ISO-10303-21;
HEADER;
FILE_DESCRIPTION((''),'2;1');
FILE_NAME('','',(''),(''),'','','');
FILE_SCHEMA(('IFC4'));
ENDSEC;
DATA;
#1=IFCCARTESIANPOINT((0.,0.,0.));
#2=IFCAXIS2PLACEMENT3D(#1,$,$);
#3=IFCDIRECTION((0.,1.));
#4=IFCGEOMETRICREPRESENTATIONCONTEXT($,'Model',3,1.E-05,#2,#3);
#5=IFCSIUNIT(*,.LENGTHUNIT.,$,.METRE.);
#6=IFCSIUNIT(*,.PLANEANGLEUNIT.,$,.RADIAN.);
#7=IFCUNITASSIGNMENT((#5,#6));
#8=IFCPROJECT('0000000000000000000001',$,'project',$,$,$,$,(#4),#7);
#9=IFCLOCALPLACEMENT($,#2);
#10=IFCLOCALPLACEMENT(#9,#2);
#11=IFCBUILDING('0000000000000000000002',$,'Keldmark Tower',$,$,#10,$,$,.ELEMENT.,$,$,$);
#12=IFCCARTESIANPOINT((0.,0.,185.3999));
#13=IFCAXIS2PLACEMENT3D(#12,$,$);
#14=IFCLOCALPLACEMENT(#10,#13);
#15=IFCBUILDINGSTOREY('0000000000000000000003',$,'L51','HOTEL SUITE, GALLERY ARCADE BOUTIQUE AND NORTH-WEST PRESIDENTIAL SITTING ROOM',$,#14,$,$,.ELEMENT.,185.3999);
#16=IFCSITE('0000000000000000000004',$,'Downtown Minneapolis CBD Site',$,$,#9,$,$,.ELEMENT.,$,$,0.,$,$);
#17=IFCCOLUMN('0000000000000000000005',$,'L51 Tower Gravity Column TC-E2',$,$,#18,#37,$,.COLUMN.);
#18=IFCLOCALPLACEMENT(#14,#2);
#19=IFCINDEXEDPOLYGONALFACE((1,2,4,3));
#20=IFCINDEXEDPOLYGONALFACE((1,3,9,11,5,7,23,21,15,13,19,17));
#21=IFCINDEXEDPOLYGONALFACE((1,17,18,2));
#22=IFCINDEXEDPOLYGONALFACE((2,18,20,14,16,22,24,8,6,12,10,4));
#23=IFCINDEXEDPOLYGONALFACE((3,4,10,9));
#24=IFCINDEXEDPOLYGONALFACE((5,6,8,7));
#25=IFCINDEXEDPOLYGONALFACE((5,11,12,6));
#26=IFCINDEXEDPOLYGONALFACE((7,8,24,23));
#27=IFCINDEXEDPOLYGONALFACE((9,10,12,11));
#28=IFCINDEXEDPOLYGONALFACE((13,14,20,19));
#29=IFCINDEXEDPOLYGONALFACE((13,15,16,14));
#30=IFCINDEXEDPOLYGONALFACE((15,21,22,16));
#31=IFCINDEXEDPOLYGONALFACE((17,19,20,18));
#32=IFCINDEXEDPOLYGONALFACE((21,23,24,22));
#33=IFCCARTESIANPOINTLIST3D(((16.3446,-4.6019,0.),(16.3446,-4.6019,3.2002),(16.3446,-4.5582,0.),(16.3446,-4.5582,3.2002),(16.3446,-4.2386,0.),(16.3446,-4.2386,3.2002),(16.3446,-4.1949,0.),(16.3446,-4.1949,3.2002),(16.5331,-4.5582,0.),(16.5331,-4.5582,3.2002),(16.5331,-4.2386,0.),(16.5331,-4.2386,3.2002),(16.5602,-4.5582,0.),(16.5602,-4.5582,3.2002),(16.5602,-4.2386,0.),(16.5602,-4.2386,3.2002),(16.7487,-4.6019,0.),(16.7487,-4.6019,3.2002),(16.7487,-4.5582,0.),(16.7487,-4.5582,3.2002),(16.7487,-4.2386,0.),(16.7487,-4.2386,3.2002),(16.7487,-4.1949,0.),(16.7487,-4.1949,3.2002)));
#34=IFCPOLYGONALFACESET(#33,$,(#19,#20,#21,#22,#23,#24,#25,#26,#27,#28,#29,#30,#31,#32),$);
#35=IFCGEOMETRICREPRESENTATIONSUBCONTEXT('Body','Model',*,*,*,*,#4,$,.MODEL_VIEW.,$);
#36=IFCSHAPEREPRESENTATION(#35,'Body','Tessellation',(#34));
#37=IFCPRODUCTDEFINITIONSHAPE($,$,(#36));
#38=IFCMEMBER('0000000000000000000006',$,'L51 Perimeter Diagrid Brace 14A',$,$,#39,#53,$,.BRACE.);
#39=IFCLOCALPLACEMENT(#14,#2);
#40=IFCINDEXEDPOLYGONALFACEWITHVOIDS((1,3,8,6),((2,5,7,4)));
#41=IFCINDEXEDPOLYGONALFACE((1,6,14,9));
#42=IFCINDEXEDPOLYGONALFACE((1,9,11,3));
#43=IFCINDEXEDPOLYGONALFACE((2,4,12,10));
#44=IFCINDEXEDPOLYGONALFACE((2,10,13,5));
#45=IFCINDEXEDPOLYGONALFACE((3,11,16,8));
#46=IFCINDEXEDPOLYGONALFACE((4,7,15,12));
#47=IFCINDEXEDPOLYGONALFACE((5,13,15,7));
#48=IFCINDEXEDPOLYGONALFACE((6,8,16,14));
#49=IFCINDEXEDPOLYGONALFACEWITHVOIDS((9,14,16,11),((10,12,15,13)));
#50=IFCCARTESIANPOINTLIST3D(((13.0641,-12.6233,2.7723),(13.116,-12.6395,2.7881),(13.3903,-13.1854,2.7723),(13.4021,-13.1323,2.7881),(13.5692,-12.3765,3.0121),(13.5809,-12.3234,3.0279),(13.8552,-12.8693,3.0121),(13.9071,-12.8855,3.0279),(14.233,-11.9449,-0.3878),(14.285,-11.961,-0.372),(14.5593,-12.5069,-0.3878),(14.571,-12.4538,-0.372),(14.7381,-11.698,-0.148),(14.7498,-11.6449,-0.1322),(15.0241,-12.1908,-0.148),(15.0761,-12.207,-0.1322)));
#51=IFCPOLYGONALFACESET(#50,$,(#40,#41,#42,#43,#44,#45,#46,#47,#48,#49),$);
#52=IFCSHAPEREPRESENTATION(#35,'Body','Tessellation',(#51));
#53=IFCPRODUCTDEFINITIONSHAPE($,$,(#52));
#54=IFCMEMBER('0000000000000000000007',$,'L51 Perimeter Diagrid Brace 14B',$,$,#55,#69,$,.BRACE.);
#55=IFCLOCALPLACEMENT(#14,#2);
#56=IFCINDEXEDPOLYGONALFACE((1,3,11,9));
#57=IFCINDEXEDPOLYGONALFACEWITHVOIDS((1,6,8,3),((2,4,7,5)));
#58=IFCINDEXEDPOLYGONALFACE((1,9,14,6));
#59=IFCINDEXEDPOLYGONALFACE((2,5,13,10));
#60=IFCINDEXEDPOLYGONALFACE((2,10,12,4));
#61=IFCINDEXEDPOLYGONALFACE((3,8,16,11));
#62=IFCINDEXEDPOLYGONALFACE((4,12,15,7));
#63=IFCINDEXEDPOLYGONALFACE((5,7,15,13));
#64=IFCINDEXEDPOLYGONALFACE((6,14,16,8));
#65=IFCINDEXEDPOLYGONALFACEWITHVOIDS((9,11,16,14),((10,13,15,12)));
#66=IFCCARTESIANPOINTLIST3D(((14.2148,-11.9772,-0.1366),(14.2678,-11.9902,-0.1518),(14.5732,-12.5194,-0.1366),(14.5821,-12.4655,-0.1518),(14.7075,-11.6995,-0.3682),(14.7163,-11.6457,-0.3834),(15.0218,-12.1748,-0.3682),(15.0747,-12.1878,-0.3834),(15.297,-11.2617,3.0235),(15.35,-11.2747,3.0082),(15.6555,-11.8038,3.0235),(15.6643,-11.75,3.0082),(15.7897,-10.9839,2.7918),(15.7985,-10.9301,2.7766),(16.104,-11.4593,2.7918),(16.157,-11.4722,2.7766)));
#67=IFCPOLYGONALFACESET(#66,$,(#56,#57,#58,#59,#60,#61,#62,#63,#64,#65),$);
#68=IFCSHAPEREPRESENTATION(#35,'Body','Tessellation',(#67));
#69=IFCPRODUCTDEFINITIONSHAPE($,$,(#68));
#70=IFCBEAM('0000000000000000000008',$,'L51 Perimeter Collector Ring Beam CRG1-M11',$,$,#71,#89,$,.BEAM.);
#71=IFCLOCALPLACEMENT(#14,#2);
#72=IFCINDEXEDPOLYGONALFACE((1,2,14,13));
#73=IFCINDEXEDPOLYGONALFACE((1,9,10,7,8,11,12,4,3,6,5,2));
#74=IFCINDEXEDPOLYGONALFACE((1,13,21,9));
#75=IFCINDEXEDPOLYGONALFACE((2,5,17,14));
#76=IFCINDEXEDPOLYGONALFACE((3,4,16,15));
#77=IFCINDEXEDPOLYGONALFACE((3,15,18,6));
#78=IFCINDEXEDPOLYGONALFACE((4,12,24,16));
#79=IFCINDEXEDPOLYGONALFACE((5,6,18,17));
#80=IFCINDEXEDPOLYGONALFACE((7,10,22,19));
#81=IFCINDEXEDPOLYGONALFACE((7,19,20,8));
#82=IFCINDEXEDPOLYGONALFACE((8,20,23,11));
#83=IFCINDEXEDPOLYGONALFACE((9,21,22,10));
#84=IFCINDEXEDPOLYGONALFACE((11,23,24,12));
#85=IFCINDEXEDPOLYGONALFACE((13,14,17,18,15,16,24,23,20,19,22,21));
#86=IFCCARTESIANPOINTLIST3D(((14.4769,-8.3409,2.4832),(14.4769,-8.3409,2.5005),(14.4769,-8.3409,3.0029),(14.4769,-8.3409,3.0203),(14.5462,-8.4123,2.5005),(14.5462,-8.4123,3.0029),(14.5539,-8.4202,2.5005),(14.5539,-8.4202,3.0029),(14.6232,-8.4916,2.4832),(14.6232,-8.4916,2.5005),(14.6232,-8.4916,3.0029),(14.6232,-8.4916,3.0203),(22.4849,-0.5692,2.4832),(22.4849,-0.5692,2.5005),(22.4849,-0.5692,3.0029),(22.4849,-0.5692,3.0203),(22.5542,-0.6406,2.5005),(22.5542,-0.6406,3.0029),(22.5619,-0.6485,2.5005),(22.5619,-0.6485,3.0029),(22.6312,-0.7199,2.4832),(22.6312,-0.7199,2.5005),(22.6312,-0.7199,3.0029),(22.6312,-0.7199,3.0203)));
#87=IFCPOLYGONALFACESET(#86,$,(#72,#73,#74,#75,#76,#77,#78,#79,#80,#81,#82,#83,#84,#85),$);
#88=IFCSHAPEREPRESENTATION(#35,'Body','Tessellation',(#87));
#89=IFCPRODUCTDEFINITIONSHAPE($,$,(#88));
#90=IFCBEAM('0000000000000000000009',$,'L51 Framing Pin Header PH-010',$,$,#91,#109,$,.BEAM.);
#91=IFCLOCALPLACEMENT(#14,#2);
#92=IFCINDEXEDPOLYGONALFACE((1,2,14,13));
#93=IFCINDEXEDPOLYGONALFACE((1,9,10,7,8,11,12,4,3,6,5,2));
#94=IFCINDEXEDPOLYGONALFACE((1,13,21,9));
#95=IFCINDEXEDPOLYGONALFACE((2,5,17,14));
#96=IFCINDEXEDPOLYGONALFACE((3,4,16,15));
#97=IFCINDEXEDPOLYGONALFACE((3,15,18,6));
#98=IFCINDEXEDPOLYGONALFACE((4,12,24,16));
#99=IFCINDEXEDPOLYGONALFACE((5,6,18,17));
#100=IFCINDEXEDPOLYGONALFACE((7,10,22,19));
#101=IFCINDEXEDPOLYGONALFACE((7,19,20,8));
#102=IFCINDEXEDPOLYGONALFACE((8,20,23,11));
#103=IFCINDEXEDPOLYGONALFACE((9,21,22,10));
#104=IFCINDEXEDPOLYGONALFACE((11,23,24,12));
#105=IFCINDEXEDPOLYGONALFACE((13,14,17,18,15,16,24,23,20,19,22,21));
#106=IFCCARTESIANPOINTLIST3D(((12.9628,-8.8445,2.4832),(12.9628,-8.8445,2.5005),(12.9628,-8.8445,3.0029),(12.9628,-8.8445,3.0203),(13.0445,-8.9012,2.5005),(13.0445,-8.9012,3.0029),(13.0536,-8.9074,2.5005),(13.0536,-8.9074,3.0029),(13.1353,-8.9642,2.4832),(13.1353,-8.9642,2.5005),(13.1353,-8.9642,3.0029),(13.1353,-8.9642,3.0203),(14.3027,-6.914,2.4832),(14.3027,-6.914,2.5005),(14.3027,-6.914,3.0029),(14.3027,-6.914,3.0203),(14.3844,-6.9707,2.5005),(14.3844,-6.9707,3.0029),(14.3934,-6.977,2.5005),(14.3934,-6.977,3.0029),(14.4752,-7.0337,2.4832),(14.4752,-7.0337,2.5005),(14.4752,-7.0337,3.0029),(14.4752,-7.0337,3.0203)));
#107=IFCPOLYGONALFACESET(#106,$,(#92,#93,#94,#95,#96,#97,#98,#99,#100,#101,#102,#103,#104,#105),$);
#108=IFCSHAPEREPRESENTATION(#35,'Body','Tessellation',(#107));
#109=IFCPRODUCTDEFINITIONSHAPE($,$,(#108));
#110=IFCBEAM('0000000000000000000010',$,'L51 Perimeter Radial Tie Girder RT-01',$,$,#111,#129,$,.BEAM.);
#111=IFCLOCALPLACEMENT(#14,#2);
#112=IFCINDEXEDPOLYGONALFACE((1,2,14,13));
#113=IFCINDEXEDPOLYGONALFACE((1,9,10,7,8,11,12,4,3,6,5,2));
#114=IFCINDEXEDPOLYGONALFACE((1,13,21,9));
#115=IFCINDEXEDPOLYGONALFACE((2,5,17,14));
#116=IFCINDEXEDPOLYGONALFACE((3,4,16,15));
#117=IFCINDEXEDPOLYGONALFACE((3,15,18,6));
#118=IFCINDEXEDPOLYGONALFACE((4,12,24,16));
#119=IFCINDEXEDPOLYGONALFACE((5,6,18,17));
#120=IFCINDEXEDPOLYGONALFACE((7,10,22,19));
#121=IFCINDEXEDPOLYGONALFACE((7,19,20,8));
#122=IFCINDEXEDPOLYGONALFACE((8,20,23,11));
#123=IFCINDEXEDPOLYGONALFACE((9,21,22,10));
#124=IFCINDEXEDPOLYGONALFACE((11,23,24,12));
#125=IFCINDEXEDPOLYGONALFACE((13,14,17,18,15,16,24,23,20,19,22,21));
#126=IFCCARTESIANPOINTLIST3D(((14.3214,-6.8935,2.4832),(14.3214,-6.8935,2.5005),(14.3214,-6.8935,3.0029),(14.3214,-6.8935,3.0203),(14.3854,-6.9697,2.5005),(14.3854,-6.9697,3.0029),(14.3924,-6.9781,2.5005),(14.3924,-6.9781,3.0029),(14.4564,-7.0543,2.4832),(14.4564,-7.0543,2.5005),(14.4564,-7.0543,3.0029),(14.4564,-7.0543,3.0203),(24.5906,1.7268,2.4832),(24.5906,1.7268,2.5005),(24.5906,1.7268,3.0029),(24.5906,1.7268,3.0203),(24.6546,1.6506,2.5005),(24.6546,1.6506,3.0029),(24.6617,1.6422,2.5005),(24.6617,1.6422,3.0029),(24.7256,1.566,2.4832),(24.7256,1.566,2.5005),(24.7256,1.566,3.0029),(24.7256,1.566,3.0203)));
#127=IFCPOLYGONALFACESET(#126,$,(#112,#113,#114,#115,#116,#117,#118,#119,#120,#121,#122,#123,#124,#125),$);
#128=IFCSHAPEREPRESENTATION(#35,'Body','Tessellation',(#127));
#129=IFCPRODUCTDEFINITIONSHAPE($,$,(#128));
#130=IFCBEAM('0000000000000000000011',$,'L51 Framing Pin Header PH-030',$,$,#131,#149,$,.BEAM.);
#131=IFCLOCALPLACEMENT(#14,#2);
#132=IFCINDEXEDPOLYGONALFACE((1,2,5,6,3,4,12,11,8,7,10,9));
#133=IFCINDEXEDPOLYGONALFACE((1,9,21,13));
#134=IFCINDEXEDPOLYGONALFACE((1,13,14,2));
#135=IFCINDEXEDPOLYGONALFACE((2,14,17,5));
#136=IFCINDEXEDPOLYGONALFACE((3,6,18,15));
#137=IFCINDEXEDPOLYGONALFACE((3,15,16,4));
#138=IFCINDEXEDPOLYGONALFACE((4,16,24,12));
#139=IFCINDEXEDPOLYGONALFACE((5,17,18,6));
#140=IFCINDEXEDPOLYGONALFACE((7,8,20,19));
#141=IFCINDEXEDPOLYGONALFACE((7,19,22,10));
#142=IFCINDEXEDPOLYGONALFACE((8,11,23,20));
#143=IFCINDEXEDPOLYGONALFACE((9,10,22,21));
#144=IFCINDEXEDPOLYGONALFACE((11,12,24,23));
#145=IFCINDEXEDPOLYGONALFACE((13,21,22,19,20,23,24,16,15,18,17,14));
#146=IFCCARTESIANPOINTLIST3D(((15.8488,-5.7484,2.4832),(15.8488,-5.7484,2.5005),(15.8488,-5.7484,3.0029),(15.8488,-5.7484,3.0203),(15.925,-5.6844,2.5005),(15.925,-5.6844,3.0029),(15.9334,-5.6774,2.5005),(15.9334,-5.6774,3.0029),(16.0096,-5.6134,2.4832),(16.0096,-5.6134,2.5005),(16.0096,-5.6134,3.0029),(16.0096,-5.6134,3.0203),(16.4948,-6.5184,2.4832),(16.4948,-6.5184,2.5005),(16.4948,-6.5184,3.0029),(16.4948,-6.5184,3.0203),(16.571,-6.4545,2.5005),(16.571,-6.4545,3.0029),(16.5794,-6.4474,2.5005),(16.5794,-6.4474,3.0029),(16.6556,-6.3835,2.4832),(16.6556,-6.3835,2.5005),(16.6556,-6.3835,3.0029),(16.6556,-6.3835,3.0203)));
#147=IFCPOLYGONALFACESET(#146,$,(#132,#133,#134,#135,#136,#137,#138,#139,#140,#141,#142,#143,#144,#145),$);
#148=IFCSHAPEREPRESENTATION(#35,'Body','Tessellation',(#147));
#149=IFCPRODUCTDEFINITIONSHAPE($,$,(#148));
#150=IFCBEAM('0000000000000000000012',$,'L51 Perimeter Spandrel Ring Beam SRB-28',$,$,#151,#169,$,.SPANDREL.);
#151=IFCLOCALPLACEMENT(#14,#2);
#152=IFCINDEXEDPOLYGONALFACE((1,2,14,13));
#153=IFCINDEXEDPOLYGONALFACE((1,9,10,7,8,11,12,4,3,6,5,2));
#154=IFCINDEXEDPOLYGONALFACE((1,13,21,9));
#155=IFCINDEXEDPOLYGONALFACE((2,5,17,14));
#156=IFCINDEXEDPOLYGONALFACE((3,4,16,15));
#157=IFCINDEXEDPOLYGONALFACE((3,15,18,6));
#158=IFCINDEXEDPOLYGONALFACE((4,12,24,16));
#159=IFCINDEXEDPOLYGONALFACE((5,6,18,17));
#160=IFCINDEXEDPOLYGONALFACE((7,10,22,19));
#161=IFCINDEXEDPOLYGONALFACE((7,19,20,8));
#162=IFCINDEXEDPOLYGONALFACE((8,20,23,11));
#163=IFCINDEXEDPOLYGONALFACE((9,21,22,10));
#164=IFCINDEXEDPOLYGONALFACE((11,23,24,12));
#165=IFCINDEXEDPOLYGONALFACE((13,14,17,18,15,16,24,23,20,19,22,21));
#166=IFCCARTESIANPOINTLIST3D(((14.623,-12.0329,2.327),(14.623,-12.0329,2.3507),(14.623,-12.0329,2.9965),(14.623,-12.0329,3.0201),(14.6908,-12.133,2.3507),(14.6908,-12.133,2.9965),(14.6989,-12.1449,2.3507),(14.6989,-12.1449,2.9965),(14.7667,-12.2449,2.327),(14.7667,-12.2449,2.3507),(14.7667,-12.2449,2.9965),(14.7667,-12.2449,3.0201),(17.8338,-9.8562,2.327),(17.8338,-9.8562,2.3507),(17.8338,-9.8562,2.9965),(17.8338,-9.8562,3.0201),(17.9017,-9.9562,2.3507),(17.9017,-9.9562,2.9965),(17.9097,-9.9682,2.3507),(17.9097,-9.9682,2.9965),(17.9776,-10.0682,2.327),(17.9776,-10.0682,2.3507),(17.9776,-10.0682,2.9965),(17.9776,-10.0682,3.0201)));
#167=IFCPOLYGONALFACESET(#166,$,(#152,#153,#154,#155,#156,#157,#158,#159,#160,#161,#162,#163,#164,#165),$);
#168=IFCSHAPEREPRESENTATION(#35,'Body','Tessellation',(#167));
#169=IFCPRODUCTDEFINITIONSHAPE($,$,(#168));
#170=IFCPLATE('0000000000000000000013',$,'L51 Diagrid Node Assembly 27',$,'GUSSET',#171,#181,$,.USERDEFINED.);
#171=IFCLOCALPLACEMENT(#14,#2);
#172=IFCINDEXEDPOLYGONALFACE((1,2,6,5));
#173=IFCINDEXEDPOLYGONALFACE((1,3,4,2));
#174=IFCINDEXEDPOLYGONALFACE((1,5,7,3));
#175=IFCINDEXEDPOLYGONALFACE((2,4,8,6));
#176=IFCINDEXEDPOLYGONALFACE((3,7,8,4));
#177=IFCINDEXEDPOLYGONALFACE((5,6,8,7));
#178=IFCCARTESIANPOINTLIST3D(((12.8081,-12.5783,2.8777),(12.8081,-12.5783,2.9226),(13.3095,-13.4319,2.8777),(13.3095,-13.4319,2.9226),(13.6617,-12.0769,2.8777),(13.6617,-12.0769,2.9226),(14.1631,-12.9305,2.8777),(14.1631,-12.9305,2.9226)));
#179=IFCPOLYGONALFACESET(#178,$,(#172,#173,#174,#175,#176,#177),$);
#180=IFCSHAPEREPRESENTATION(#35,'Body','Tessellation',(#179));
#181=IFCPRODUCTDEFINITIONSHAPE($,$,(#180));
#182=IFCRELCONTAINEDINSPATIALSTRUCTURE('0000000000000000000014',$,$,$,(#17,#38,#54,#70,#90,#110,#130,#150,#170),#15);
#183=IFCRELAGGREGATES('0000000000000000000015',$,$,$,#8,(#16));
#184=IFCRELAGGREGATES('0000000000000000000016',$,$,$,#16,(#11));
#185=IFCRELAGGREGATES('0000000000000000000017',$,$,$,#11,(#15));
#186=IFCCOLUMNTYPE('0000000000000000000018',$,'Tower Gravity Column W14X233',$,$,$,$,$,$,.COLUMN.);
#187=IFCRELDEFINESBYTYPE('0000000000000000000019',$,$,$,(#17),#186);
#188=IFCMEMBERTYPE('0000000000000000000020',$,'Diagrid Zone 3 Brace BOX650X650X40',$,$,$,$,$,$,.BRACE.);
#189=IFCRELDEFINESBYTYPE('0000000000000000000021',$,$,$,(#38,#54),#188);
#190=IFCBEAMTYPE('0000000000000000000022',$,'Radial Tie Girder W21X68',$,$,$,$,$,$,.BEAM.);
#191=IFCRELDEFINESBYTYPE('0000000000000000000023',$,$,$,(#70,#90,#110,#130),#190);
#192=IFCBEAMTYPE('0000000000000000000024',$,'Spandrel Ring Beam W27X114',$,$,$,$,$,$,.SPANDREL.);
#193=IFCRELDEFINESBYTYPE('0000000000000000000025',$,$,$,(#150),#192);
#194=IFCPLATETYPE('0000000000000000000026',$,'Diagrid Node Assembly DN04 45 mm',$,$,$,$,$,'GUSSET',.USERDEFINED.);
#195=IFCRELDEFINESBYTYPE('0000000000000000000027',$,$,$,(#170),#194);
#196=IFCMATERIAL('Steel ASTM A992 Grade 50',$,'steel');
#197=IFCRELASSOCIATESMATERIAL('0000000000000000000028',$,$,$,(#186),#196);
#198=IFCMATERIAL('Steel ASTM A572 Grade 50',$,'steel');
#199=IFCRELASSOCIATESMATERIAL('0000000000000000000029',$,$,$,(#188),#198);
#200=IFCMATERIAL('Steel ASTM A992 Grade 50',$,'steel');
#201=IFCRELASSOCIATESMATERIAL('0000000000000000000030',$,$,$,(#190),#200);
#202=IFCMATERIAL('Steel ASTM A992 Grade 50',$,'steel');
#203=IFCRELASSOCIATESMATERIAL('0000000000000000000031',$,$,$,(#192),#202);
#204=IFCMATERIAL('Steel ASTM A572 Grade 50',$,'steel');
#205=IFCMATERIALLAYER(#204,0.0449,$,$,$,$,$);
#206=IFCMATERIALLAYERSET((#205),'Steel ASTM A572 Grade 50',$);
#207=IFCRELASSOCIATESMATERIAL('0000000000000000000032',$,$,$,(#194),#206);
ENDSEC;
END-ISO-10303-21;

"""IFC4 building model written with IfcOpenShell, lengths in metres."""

from ifc_helpers import new_model, si_unit, direction, frame, origin, origin_2d, place, context, subcontext, project, spatial, rectangle, hollow_rectangle, i_section, extrude, material, layer, layer_set, material_profile, profile_set, type_object, element, save


model = new_model("IFC4")

# Units and contexts
model_context = context("Model", 3, precision=1e-05, world=origin(), true_north=direction((0.0, 1.0)))
body_context = subcontext(model_context, "Body", "Model", "MODEL_VIEW")
ifc_project = project(units=[si_unit("LENGTHUNIT", "METRE"), si_unit("PLANEANGLEUNIT", "RADIAN")], contexts=[model_context])

# Site, building, storey
site_placement = place(None, origin())
site = spatial("IfcSite", under=ifc_project, at=site_placement, Name="Downtown Minneapolis CBD Site", CompositionType="ELEMENT", RefElevation=0.0)
building_placement = place(site_placement, origin())
building = spatial("IfcBuilding", under=site, at=building_placement, Name="Keldmark Tower", CompositionType="ELEMENT")
storey_placement = place(building_placement, frame((0.0, 0.0, 185.3999)))
storey = spatial("IfcBuildingStorey", under=building, at=storey_placement, Name="L51", Description="HOTEL SUITE, GALLERY ARCADE BOUTIQUE AND NORTH-WEST PRESIDENTIAL SITTING ROOM", CompositionType="ELEMENT", Elevation=185.3999)

# Column
ifc_material_1 = material(Name="Steel ASTM A992 Grade 50", Category="steel")
ifc_material_profile_1 = material_profile(ifc_material_1, i_section(OverallWidth=0.4041, OverallDepth=0.407, WebThickness=0.0271, FlangeThickness=0.0437, at=origin_2d()), Name="W14X233")
ifc_profile_set_1 = profile_set([ifc_material_profile_1], Name="Steel ASTM A992 Grade 50")
column_type = type_object("IfcColumnType", Name="Tower Gravity Column W14X233", PredefinedType="COLUMN", material=ifc_profile_set_1)
column_placement = place(storey_placement, frame((16.5466, -4.3984, 0.0), z_axis=(0.0, 0.0, 1.0), x_axis=(1.0, 0.0, 0.0)))
element("IfcColumn", 1, at=column_placement, inside=storey, type_object=column_type, Name="L51 Tower Gravity Column TC-E2", PredefinedType="COLUMN", context=body_context, shape_type="SweptSolid", body=[
    extrude(i_section(OverallWidth=0.4041, OverallDepth=0.407, WebThickness=0.0271, FlangeThickness=0.0437, at=origin_2d()), origin(), (0.0, 0.0, 1.0), 3.2002),
])

# Members
ifc_material_2 = material(Name="Steel ASTM A572 Grade 50", Category="steel")
ifc_material_profile_2 = material_profile(ifc_material_2, hollow_rectangle(XDim=0.6499, YDim=0.6499, WallThickness=0.04, at=origin_2d()), Name="BOX650X650X40")
ifc_profile_set_2 = profile_set([ifc_material_profile_2], Name="Steel ASTM A572 Grade 50")
member_type = type_object("IfcMemberType", Name="Diagrid Zone 3 Brace BOX650X650X40", PredefinedType="BRACE", material=ifc_profile_set_2)
member_1_placement = place(storey_placement, frame((14.6545, -12.0759, -0.26), z_axis=(-0.340101, -0.197398, 0.919438), x_axis=(0.501983, -0.864877, 0.0)))
element("IfcMember", 2, at=member_1_placement, inside=storey, type_object=member_type, Name="L51 Perimeter Diagrid Brace 14A", PredefinedType="BRACE", context=body_context, shape_type="SweptSolid", body=[
    extrude(hollow_rectangle(XDim=0.6499, YDim=0.6499, WallThickness=0.04, at=origin_2d()), origin(), (0.0, 0.0, 1.0), 3.437),
])
member_2_placement = place(storey_placement, frame((14.6448, -12.0825, -0.26), z_axis=(0.316813, 0.20947, 0.925069), x_axis=(-0.551526, 0.834158, 0.0)))
element("IfcMember", 3, at=member_2_placement, inside=storey, type_object=member_type, Name="L51 Perimeter Diagrid Brace 14B", PredefinedType="BRACE", context=body_context, shape_type="SweptSolid", body=[
    extrude(hollow_rectangle(XDim=0.6499, YDim=0.6499, WallThickness=0.04, at=origin_2d()), origin(), (0.0, 0.0, 1.0), 3.416),
])

# Beams
ifc_material_3 = material(Name="Steel ASTM A992 Grade 50", Category="steel")
ifc_material_profile_3 = material_profile(ifc_material_3, i_section(OverallWidth=0.21, OverallDepth=0.5371, WebThickness=0.011, FlangeThickness=0.0173, at=origin_2d()), Name="W21X68")
ifc_profile_set_3 = profile_set([ifc_material_profile_3], Name="Steel ASTM A992 Grade 50")
beam_type_1 = type_object("IfcBeamType", Name="Radial Tie Girder W21X68", PredefinedType="BEAM", material=ifc_profile_set_3)
beam_1_placement = place(storey_placement, frame((14.55, -8.4163, 2.7517), z_axis=(0.717616, 0.696439, 0.0), x_axis=(-0.696439, 0.717616, 0.0)))
element("IfcBeam", 4, at=beam_1_placement, inside=storey, type_object=beam_type_1, Name="L51 Perimeter Collector Ring Beam CRG1-M11", PredefinedType="BEAM", context=body_context, shape_type="SweptSolid", body=[
    extrude(i_section(OverallWidth=0.21, OverallDepth=0.5371, WebThickness=0.011, FlangeThickness=0.0173, at=origin_2d()), origin(), (0.0, 0.0, 1.0), 11.1592),
])
beam_2_placement = place(storey_placement, frame((14.3889, -6.9739, 2.7517), z_axis=(-0.570187, -0.821515, 0.0), x_axis=(0.821515, -0.570187, 0.0)))
element("IfcBeam", 5, at=beam_2_placement, inside=storey, type_object=beam_type_1, Name="L51 Framing Pin Header PH-010", PredefinedType="BEAM", context=body_context, shape_type="SweptSolid", body=[
    extrude(i_section(OverallWidth=0.21, OverallDepth=0.5371, WebThickness=0.011, FlangeThickness=0.0173, at=origin_2d()), origin(), (0.0, 0.0, 1.0), 2.3499),
])
beam_3_placement = place(storey_placement, frame((14.3889, -6.9739, 2.7517), z_axis=(0.765919, 0.642937, 0.0), x_axis=(-0.642937, 0.765919, 0.0)))
element("IfcBeam", 6, at=beam_3_placement, inside=storey, type_object=beam_type_1, Name="L51 Perimeter Radial Tie Girder RT-01", PredefinedType="BEAM", context=body_context, shape_type="SweptSolid", body=[
    extrude(i_section(OverallWidth=0.21, OverallDepth=0.5371, WebThickness=0.011, FlangeThickness=0.0173, at=origin_2d()), origin(), (0.0, 0.0, 1.0), 13.4077),
])
beam_4_placement = place(storey_placement, frame((15.9292, -5.6809, 2.7517), z_axis=(0.642713, -0.766107, 0.0), x_axis=(0.766107, 0.642713, 0.0)))
element("IfcBeam", 7, at=beam_4_placement, inside=storey, type_object=beam_type_1, Name="L51 Framing Pin Header PH-030", PredefinedType="BEAM", context=body_context, shape_type="SweptSolid", body=[
    extrude(i_section(OverallWidth=0.21, OverallDepth=0.5371, WebThickness=0.011, FlangeThickness=0.0173, at=origin_2d()), origin(), (0.0, 0.0, 1.0), 1.0051),
])
ifc_material_4 = material(Name="Steel ASTM A992 Grade 50", Category="steel")
ifc_material_profile_4 = material_profile(ifc_material_4, i_section(OverallWidth=0.2561, OverallDepth=0.6931, WebThickness=0.0144, FlangeThickness=0.0237, at=origin_2d()), Name="W27X114")
ifc_profile_set_4 = profile_set([ifc_material_profile_4], Name="Steel ASTM A992 Grade 50")
beam_type_2 = type_object("IfcBeamType", Name="Spandrel Ring Beam W27X114", PredefinedType="SPANDREL", material=ifc_profile_set_4)
beam_5_placement = place(storey_placement, frame((14.6948, -12.1389, 2.6736), z_axis=(0.827726, 0.561132, 0.0), x_axis=(-0.561132, 0.827726, 0.0)))
element("IfcBeam", 8, at=beam_5_placement, inside=storey, type_object=beam_type_2, Name="L51 Perimeter Spandrel Ring Beam SRB-28", PredefinedType="SPANDREL", context=body_context, shape_type="SweptSolid", body=[
    extrude(i_section(OverallWidth=0.2561, OverallDepth=0.6931, WebThickness=0.0144, FlangeThickness=0.0237, at=origin_2d()), origin(), (0.0, 0.0, 1.0), 3.8792),
])

# Plate
ifc_material_5 = material(Name="Steel ASTM A572 Grade 50", Category="steel")
ifc_layer_1 = layer(ifc_material_5, 0.0449)
ifc_layer_set_1 = layer_set([ifc_layer_1], Name="Steel ASTM A572 Grade 50")
plate_type = type_object("IfcPlateType", Name="Diagrid Node Assembly DN04 45 mm", ElementType="GUSSET", PredefinedType="USERDEFINED", material=ifc_layer_set_1)
for number, where, z_axis, x_axis, name in (
    (9, (13.4856, -12.7544, 2.8777), (0.0, 0.0, 1.0), (0.862249, 0.506485, 0.0), "L51 Diagrid Node Assembly 27"),
):
    element("IfcPlate", number, at=place(storey_placement, frame(where, z_axis=z_axis, x_axis=x_axis)), inside=storey, type_object=plate_type, Name=name, ObjectType="GUSSET", PredefinedType="USERDEFINED", context=body_context, shape_type="SweptSolid", body=[
        extrude(rectangle(XDim=0.99, YDim=0.99, at=origin_2d()), origin(), (0.0, 0.0, 1.0), 0.0449),
    ])

save(model, "model.ifc")
